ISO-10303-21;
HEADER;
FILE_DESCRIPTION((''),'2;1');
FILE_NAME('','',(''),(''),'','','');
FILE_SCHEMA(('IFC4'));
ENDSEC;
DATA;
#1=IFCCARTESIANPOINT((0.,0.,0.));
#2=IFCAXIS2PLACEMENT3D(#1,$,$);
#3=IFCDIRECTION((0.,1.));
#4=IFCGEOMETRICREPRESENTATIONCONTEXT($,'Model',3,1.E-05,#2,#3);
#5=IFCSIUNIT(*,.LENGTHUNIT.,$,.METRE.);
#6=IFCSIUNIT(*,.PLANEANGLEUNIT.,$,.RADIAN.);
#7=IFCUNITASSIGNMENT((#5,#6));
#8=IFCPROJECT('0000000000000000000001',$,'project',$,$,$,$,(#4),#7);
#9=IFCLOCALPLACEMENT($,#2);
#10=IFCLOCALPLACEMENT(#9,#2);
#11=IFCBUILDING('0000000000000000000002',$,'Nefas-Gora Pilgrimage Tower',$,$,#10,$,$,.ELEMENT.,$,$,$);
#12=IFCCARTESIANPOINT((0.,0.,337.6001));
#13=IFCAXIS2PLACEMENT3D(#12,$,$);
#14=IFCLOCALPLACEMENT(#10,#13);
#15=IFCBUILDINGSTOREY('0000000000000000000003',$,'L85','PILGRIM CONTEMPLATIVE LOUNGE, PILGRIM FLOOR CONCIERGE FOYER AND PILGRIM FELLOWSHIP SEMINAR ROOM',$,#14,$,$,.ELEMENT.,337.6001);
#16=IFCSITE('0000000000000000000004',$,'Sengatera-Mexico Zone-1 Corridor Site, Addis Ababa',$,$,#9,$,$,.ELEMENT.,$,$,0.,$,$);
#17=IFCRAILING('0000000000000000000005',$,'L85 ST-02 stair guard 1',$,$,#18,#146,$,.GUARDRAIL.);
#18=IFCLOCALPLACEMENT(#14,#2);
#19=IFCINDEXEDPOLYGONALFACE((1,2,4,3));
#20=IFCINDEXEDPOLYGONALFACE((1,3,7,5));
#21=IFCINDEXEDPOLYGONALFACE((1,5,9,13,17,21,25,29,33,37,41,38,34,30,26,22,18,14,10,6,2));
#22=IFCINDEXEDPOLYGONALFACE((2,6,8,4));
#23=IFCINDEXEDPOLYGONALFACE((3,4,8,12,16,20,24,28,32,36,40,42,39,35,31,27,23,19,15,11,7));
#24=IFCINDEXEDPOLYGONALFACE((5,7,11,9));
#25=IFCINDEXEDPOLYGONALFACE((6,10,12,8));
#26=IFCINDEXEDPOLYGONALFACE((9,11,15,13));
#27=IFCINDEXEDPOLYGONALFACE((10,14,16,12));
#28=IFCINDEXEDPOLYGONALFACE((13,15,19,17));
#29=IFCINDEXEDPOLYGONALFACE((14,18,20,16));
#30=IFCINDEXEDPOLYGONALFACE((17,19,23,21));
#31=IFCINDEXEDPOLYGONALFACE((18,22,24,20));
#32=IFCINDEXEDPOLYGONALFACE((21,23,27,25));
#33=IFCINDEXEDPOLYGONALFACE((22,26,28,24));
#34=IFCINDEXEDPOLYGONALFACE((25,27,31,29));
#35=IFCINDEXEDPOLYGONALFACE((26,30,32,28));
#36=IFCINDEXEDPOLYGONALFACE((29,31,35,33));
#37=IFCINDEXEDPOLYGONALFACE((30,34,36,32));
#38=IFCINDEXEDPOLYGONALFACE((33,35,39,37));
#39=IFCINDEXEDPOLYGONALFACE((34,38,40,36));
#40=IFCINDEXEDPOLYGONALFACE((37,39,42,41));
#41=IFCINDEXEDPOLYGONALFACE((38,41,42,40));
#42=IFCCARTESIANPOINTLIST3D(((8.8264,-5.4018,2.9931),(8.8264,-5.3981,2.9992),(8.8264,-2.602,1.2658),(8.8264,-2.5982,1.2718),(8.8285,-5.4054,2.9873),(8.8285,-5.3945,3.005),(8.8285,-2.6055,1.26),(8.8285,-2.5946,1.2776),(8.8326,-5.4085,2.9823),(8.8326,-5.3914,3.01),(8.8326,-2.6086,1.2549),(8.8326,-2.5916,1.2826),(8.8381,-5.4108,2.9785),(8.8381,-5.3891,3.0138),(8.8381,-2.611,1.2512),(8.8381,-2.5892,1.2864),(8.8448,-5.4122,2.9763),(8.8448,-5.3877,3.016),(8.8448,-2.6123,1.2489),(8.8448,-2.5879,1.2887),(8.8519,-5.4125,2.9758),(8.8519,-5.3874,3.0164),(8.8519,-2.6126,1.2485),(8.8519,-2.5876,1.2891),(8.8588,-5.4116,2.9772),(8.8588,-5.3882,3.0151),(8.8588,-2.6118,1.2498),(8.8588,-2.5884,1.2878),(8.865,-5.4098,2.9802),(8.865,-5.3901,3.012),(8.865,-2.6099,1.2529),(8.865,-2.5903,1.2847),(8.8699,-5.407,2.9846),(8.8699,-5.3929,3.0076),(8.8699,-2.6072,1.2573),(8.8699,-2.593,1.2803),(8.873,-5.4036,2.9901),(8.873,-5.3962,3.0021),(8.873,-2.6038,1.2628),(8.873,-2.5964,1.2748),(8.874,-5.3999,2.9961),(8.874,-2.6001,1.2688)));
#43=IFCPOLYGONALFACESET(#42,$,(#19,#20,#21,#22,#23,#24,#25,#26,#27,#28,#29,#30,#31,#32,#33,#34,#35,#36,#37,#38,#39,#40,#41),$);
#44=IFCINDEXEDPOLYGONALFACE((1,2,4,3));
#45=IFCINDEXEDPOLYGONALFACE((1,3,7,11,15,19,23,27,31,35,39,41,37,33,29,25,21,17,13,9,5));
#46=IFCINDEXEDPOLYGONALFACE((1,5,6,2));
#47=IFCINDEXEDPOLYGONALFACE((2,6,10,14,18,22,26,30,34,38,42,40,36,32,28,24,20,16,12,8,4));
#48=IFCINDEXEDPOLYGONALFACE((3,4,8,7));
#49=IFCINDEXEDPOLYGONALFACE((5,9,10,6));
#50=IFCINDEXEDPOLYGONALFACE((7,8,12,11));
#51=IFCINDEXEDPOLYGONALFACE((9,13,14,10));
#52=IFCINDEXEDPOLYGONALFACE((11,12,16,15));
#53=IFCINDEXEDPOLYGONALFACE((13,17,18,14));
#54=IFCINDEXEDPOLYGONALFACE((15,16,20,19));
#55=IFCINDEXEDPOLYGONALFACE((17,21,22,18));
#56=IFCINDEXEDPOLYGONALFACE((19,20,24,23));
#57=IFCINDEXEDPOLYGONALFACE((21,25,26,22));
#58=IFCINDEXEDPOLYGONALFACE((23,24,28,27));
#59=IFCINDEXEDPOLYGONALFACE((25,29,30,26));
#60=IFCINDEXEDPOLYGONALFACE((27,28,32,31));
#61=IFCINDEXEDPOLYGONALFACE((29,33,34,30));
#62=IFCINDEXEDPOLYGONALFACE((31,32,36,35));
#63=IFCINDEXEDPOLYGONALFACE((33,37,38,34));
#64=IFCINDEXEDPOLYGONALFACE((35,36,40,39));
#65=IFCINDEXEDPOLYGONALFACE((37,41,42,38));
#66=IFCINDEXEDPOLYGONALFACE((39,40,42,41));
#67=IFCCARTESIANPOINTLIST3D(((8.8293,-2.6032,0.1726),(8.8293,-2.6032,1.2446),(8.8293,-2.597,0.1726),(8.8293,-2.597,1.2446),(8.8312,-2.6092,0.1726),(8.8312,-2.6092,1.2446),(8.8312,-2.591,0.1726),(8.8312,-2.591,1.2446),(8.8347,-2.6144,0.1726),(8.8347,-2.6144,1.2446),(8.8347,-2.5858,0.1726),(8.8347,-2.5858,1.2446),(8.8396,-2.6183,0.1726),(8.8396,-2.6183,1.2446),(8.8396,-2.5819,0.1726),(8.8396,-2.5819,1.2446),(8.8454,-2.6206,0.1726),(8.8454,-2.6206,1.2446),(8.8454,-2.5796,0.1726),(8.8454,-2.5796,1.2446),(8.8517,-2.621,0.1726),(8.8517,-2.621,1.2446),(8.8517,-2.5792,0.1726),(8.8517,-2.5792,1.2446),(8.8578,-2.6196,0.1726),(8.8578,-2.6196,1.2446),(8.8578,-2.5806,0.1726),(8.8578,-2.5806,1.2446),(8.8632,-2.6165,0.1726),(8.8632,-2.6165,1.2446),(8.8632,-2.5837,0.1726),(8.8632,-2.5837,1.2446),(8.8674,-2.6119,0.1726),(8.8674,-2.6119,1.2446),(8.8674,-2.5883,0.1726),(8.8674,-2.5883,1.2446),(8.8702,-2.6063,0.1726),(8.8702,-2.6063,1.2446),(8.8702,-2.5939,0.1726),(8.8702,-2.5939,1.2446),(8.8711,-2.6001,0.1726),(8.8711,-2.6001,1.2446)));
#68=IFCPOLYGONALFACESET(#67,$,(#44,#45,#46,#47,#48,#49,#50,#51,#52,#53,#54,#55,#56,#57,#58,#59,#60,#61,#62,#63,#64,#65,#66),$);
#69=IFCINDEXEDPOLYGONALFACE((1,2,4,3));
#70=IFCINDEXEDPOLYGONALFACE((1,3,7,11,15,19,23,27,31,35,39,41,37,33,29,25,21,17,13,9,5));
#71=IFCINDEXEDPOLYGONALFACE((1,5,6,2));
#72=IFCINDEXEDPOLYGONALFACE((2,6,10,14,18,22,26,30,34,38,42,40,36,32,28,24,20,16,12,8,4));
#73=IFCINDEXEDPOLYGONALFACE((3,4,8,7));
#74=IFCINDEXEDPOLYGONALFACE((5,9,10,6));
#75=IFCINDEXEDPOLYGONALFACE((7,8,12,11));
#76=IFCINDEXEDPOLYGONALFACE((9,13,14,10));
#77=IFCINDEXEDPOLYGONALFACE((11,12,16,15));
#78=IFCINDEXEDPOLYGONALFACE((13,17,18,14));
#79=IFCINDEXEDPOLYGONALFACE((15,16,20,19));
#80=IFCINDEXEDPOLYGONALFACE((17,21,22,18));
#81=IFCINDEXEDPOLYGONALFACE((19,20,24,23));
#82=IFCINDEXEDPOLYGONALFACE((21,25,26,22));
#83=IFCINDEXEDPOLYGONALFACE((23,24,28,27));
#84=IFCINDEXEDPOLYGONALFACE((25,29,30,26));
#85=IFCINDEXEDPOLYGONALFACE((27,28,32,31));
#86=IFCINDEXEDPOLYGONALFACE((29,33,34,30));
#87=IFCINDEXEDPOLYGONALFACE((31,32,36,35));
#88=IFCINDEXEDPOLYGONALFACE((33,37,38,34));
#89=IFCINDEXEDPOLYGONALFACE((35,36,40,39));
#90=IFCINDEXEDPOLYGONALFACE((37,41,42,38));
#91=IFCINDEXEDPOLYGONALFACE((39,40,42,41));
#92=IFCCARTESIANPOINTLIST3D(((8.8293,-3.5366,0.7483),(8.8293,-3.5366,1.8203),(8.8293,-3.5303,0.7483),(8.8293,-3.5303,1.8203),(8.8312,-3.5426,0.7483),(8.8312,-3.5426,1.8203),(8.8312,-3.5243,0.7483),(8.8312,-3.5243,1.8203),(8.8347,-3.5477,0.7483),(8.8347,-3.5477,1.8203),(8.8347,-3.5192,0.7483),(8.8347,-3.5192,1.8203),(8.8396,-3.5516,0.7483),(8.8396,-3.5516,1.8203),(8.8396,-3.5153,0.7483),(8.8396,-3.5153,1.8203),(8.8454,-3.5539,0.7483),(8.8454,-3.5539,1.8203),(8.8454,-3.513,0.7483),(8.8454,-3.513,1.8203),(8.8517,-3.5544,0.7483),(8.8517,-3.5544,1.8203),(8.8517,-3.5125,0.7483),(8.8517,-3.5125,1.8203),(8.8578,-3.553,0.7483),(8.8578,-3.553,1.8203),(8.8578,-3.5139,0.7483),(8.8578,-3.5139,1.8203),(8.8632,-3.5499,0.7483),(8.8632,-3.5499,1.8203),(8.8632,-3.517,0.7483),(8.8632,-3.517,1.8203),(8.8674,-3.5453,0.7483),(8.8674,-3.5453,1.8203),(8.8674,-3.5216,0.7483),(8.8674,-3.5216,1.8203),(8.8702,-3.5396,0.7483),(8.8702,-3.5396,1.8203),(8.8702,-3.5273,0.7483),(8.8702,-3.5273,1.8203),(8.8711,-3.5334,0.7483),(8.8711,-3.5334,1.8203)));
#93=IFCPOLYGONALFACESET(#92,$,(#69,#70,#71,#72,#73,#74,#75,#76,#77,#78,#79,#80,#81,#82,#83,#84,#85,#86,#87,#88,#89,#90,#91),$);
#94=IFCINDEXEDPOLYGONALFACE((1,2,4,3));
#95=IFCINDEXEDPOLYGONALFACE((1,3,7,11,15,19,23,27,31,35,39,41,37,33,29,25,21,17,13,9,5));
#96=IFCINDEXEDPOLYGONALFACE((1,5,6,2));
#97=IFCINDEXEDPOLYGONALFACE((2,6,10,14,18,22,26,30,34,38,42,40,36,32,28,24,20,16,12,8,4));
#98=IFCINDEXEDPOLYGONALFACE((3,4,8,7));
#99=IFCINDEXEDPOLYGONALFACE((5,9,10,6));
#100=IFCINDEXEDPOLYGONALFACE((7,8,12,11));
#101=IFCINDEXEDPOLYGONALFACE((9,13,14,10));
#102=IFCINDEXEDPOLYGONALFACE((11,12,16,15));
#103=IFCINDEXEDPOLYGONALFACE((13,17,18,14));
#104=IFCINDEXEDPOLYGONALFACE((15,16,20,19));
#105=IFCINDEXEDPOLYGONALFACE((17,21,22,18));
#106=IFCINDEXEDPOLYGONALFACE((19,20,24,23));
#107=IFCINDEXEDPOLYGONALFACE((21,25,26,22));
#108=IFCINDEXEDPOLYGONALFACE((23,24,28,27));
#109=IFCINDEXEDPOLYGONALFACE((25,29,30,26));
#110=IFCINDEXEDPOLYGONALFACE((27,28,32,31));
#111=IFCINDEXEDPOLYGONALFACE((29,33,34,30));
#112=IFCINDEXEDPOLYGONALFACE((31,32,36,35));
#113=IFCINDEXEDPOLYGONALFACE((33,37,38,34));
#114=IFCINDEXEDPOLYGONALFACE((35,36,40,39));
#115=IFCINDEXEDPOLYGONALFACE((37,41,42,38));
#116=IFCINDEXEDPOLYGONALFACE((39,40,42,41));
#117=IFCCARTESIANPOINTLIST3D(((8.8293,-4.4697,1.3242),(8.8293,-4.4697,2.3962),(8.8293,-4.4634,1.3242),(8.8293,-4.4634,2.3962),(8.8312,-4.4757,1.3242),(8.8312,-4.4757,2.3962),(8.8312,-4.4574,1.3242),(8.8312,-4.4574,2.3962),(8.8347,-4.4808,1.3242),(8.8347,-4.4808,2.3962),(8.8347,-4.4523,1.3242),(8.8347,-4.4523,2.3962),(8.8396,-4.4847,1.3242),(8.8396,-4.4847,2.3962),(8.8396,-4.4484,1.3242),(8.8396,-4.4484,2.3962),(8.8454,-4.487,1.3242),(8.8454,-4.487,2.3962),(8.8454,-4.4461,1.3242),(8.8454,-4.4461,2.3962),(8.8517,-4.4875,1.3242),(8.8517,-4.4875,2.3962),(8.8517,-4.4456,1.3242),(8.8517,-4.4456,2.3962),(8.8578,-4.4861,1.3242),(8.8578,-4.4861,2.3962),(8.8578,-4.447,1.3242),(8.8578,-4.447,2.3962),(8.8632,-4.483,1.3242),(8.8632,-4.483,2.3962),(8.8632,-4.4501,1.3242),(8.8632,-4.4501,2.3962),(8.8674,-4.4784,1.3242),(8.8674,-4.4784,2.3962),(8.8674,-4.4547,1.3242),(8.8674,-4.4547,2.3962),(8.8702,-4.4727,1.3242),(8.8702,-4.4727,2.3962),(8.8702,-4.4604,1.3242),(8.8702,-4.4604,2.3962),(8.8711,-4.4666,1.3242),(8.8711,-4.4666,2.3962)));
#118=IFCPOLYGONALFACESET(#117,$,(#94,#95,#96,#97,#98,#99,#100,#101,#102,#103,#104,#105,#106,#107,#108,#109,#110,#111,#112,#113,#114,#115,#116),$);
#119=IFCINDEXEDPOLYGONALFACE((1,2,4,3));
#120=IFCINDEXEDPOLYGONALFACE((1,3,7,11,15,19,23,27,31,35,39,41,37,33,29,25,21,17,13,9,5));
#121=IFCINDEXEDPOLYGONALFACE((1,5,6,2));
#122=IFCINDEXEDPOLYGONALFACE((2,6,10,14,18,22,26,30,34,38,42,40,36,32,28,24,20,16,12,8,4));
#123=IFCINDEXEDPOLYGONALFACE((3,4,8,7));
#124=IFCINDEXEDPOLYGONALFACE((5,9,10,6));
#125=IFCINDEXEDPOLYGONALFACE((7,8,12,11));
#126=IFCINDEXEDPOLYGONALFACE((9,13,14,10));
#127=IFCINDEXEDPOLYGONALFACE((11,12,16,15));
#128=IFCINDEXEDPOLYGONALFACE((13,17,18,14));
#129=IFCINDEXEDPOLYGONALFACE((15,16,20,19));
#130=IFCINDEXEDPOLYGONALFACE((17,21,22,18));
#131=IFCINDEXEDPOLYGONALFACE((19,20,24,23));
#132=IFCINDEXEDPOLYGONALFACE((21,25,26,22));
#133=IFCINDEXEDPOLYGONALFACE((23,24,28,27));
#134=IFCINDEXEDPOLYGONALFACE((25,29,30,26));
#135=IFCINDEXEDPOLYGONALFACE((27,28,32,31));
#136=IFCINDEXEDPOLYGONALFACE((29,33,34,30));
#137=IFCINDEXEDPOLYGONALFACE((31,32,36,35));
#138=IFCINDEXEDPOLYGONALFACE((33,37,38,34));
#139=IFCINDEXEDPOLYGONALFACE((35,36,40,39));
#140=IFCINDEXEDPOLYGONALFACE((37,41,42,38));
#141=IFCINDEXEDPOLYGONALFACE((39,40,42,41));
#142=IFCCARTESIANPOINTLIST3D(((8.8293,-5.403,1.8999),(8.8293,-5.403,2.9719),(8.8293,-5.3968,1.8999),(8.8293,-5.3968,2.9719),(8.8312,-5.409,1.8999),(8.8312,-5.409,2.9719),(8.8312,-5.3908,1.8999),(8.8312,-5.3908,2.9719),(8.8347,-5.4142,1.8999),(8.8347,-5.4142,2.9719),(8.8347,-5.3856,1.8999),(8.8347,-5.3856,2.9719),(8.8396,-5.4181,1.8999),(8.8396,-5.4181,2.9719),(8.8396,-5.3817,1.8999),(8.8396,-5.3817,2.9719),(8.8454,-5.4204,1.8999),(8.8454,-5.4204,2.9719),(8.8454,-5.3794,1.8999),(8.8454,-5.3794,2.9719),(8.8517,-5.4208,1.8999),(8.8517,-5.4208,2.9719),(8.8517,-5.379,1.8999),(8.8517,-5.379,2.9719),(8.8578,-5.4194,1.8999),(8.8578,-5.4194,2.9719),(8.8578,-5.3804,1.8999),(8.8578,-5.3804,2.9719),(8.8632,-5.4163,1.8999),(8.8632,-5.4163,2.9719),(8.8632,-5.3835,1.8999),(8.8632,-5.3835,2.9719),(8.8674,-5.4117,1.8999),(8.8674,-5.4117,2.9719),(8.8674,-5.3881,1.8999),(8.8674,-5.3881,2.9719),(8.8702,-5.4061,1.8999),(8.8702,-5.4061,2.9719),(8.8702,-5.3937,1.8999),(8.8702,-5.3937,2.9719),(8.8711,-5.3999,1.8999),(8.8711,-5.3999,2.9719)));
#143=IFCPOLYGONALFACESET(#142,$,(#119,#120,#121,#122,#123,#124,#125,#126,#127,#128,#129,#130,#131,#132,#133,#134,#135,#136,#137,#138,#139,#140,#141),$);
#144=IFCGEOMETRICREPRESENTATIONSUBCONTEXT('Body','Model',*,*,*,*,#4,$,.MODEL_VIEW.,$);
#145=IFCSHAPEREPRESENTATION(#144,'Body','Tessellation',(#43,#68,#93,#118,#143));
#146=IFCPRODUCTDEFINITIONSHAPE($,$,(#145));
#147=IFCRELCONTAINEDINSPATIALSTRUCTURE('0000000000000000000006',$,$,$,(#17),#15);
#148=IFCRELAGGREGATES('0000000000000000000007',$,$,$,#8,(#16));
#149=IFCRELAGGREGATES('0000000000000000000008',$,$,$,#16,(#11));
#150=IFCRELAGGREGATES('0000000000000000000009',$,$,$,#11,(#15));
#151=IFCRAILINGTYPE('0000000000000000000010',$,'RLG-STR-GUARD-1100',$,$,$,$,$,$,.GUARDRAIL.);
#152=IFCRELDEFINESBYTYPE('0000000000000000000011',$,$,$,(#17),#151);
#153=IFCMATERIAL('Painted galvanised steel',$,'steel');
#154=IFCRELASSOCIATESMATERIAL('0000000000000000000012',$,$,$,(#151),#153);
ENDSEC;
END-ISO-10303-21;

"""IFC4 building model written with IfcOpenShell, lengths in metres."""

from ifc_helpers import new_model, si_unit, direction, frame, origin, origin_2d, place, context, subcontext, project, spatial, circle, extrude, material, type_object, element, save


model = new_model("IFC4")

# Units and contexts
model_context = context("Model", 3, precision=1e-05, world=origin(), true_north=direction((0.0, 1.0)))
body_context = subcontext(model_context, "Body", "Model", "MODEL_VIEW")
ifc_project = project(units=[si_unit("LENGTHUNIT", "METRE"), si_unit("PLANEANGLEUNIT", "RADIAN")], contexts=[model_context])

# Site, building, storey
site_placement = place(None, origin())
site = spatial("IfcSite", under=ifc_project, at=site_placement, Name="Sengatera-Mexico Zone-1 Corridor Site, Addis Ababa", CompositionType="ELEMENT", RefElevation=0.0)
building_placement = place(site_placement, origin())
building = spatial("IfcBuilding", under=site, at=building_placement, Name="Nefas-Gora Pilgrimage Tower", CompositionType="ELEMENT")
storey_placement = place(building_placement, frame((0.0, 0.0, 337.6001)))
storey = spatial("IfcBuildingStorey", under=building, at=storey_placement, Name="L85", Description="PILGRIM CONTEMPLATIVE LOUNGE, PILGRIM FLOOR CONCIERGE FOYER AND PILGRIM FELLOWSHIP SEMINAR ROOM", CompositionType="ELEMENT", Elevation=337.6001)

# Railing
ifc_material_1 = material(Name="Painted galvanised steel", Category="steel")
railing_type_1 = type_object("IfcRailingType", Name="RLG-STR-GUARD-1100", PredefinedType="GUARDRAIL", material=ifc_material_1)
railing_1_placement = place(storey_placement, frame((8.8501, -2.6001, 0.1726)))
element("IfcRailing", 1, at=railing_1_placement, inside=storey, type_object=railing_type_1, Name="L85 ST-02 stair guard 1", PredefinedType="GUARDRAIL", context=body_context, shape_type="SweptSolid", body=[
    extrude(circle(Radius=0.0239, at=origin_2d()), frame((0.0, 0.0, 1.0962), z_axis=(0.0, -0.851069, 0.525054), x_axis=(1.0, 0.0, 0.0)), (0.0, 0.0, 1.0), 3.2898),
    extrude(circle(Radius=0.021, at=origin_2d()), origin(), (0.0, 0.0, 1.0), 1.072),
    extrude(circle(Radius=0.021, at=origin_2d()), frame((0.0, -0.9333, 0.5757)), (0.0, 0.0, 1.0), 1.072),
    extrude(circle(Radius=0.021, at=origin_2d()), frame((0.0, -1.8665, 1.1516)), (0.0, 0.0, 1.0), 1.072),
    extrude(circle(Radius=0.021, at=origin_2d()), frame((0.0, -2.7998, 1.7273)), (0.0, 0.0, 1.0), 1.072),
])

save(model, "model.ifc")
